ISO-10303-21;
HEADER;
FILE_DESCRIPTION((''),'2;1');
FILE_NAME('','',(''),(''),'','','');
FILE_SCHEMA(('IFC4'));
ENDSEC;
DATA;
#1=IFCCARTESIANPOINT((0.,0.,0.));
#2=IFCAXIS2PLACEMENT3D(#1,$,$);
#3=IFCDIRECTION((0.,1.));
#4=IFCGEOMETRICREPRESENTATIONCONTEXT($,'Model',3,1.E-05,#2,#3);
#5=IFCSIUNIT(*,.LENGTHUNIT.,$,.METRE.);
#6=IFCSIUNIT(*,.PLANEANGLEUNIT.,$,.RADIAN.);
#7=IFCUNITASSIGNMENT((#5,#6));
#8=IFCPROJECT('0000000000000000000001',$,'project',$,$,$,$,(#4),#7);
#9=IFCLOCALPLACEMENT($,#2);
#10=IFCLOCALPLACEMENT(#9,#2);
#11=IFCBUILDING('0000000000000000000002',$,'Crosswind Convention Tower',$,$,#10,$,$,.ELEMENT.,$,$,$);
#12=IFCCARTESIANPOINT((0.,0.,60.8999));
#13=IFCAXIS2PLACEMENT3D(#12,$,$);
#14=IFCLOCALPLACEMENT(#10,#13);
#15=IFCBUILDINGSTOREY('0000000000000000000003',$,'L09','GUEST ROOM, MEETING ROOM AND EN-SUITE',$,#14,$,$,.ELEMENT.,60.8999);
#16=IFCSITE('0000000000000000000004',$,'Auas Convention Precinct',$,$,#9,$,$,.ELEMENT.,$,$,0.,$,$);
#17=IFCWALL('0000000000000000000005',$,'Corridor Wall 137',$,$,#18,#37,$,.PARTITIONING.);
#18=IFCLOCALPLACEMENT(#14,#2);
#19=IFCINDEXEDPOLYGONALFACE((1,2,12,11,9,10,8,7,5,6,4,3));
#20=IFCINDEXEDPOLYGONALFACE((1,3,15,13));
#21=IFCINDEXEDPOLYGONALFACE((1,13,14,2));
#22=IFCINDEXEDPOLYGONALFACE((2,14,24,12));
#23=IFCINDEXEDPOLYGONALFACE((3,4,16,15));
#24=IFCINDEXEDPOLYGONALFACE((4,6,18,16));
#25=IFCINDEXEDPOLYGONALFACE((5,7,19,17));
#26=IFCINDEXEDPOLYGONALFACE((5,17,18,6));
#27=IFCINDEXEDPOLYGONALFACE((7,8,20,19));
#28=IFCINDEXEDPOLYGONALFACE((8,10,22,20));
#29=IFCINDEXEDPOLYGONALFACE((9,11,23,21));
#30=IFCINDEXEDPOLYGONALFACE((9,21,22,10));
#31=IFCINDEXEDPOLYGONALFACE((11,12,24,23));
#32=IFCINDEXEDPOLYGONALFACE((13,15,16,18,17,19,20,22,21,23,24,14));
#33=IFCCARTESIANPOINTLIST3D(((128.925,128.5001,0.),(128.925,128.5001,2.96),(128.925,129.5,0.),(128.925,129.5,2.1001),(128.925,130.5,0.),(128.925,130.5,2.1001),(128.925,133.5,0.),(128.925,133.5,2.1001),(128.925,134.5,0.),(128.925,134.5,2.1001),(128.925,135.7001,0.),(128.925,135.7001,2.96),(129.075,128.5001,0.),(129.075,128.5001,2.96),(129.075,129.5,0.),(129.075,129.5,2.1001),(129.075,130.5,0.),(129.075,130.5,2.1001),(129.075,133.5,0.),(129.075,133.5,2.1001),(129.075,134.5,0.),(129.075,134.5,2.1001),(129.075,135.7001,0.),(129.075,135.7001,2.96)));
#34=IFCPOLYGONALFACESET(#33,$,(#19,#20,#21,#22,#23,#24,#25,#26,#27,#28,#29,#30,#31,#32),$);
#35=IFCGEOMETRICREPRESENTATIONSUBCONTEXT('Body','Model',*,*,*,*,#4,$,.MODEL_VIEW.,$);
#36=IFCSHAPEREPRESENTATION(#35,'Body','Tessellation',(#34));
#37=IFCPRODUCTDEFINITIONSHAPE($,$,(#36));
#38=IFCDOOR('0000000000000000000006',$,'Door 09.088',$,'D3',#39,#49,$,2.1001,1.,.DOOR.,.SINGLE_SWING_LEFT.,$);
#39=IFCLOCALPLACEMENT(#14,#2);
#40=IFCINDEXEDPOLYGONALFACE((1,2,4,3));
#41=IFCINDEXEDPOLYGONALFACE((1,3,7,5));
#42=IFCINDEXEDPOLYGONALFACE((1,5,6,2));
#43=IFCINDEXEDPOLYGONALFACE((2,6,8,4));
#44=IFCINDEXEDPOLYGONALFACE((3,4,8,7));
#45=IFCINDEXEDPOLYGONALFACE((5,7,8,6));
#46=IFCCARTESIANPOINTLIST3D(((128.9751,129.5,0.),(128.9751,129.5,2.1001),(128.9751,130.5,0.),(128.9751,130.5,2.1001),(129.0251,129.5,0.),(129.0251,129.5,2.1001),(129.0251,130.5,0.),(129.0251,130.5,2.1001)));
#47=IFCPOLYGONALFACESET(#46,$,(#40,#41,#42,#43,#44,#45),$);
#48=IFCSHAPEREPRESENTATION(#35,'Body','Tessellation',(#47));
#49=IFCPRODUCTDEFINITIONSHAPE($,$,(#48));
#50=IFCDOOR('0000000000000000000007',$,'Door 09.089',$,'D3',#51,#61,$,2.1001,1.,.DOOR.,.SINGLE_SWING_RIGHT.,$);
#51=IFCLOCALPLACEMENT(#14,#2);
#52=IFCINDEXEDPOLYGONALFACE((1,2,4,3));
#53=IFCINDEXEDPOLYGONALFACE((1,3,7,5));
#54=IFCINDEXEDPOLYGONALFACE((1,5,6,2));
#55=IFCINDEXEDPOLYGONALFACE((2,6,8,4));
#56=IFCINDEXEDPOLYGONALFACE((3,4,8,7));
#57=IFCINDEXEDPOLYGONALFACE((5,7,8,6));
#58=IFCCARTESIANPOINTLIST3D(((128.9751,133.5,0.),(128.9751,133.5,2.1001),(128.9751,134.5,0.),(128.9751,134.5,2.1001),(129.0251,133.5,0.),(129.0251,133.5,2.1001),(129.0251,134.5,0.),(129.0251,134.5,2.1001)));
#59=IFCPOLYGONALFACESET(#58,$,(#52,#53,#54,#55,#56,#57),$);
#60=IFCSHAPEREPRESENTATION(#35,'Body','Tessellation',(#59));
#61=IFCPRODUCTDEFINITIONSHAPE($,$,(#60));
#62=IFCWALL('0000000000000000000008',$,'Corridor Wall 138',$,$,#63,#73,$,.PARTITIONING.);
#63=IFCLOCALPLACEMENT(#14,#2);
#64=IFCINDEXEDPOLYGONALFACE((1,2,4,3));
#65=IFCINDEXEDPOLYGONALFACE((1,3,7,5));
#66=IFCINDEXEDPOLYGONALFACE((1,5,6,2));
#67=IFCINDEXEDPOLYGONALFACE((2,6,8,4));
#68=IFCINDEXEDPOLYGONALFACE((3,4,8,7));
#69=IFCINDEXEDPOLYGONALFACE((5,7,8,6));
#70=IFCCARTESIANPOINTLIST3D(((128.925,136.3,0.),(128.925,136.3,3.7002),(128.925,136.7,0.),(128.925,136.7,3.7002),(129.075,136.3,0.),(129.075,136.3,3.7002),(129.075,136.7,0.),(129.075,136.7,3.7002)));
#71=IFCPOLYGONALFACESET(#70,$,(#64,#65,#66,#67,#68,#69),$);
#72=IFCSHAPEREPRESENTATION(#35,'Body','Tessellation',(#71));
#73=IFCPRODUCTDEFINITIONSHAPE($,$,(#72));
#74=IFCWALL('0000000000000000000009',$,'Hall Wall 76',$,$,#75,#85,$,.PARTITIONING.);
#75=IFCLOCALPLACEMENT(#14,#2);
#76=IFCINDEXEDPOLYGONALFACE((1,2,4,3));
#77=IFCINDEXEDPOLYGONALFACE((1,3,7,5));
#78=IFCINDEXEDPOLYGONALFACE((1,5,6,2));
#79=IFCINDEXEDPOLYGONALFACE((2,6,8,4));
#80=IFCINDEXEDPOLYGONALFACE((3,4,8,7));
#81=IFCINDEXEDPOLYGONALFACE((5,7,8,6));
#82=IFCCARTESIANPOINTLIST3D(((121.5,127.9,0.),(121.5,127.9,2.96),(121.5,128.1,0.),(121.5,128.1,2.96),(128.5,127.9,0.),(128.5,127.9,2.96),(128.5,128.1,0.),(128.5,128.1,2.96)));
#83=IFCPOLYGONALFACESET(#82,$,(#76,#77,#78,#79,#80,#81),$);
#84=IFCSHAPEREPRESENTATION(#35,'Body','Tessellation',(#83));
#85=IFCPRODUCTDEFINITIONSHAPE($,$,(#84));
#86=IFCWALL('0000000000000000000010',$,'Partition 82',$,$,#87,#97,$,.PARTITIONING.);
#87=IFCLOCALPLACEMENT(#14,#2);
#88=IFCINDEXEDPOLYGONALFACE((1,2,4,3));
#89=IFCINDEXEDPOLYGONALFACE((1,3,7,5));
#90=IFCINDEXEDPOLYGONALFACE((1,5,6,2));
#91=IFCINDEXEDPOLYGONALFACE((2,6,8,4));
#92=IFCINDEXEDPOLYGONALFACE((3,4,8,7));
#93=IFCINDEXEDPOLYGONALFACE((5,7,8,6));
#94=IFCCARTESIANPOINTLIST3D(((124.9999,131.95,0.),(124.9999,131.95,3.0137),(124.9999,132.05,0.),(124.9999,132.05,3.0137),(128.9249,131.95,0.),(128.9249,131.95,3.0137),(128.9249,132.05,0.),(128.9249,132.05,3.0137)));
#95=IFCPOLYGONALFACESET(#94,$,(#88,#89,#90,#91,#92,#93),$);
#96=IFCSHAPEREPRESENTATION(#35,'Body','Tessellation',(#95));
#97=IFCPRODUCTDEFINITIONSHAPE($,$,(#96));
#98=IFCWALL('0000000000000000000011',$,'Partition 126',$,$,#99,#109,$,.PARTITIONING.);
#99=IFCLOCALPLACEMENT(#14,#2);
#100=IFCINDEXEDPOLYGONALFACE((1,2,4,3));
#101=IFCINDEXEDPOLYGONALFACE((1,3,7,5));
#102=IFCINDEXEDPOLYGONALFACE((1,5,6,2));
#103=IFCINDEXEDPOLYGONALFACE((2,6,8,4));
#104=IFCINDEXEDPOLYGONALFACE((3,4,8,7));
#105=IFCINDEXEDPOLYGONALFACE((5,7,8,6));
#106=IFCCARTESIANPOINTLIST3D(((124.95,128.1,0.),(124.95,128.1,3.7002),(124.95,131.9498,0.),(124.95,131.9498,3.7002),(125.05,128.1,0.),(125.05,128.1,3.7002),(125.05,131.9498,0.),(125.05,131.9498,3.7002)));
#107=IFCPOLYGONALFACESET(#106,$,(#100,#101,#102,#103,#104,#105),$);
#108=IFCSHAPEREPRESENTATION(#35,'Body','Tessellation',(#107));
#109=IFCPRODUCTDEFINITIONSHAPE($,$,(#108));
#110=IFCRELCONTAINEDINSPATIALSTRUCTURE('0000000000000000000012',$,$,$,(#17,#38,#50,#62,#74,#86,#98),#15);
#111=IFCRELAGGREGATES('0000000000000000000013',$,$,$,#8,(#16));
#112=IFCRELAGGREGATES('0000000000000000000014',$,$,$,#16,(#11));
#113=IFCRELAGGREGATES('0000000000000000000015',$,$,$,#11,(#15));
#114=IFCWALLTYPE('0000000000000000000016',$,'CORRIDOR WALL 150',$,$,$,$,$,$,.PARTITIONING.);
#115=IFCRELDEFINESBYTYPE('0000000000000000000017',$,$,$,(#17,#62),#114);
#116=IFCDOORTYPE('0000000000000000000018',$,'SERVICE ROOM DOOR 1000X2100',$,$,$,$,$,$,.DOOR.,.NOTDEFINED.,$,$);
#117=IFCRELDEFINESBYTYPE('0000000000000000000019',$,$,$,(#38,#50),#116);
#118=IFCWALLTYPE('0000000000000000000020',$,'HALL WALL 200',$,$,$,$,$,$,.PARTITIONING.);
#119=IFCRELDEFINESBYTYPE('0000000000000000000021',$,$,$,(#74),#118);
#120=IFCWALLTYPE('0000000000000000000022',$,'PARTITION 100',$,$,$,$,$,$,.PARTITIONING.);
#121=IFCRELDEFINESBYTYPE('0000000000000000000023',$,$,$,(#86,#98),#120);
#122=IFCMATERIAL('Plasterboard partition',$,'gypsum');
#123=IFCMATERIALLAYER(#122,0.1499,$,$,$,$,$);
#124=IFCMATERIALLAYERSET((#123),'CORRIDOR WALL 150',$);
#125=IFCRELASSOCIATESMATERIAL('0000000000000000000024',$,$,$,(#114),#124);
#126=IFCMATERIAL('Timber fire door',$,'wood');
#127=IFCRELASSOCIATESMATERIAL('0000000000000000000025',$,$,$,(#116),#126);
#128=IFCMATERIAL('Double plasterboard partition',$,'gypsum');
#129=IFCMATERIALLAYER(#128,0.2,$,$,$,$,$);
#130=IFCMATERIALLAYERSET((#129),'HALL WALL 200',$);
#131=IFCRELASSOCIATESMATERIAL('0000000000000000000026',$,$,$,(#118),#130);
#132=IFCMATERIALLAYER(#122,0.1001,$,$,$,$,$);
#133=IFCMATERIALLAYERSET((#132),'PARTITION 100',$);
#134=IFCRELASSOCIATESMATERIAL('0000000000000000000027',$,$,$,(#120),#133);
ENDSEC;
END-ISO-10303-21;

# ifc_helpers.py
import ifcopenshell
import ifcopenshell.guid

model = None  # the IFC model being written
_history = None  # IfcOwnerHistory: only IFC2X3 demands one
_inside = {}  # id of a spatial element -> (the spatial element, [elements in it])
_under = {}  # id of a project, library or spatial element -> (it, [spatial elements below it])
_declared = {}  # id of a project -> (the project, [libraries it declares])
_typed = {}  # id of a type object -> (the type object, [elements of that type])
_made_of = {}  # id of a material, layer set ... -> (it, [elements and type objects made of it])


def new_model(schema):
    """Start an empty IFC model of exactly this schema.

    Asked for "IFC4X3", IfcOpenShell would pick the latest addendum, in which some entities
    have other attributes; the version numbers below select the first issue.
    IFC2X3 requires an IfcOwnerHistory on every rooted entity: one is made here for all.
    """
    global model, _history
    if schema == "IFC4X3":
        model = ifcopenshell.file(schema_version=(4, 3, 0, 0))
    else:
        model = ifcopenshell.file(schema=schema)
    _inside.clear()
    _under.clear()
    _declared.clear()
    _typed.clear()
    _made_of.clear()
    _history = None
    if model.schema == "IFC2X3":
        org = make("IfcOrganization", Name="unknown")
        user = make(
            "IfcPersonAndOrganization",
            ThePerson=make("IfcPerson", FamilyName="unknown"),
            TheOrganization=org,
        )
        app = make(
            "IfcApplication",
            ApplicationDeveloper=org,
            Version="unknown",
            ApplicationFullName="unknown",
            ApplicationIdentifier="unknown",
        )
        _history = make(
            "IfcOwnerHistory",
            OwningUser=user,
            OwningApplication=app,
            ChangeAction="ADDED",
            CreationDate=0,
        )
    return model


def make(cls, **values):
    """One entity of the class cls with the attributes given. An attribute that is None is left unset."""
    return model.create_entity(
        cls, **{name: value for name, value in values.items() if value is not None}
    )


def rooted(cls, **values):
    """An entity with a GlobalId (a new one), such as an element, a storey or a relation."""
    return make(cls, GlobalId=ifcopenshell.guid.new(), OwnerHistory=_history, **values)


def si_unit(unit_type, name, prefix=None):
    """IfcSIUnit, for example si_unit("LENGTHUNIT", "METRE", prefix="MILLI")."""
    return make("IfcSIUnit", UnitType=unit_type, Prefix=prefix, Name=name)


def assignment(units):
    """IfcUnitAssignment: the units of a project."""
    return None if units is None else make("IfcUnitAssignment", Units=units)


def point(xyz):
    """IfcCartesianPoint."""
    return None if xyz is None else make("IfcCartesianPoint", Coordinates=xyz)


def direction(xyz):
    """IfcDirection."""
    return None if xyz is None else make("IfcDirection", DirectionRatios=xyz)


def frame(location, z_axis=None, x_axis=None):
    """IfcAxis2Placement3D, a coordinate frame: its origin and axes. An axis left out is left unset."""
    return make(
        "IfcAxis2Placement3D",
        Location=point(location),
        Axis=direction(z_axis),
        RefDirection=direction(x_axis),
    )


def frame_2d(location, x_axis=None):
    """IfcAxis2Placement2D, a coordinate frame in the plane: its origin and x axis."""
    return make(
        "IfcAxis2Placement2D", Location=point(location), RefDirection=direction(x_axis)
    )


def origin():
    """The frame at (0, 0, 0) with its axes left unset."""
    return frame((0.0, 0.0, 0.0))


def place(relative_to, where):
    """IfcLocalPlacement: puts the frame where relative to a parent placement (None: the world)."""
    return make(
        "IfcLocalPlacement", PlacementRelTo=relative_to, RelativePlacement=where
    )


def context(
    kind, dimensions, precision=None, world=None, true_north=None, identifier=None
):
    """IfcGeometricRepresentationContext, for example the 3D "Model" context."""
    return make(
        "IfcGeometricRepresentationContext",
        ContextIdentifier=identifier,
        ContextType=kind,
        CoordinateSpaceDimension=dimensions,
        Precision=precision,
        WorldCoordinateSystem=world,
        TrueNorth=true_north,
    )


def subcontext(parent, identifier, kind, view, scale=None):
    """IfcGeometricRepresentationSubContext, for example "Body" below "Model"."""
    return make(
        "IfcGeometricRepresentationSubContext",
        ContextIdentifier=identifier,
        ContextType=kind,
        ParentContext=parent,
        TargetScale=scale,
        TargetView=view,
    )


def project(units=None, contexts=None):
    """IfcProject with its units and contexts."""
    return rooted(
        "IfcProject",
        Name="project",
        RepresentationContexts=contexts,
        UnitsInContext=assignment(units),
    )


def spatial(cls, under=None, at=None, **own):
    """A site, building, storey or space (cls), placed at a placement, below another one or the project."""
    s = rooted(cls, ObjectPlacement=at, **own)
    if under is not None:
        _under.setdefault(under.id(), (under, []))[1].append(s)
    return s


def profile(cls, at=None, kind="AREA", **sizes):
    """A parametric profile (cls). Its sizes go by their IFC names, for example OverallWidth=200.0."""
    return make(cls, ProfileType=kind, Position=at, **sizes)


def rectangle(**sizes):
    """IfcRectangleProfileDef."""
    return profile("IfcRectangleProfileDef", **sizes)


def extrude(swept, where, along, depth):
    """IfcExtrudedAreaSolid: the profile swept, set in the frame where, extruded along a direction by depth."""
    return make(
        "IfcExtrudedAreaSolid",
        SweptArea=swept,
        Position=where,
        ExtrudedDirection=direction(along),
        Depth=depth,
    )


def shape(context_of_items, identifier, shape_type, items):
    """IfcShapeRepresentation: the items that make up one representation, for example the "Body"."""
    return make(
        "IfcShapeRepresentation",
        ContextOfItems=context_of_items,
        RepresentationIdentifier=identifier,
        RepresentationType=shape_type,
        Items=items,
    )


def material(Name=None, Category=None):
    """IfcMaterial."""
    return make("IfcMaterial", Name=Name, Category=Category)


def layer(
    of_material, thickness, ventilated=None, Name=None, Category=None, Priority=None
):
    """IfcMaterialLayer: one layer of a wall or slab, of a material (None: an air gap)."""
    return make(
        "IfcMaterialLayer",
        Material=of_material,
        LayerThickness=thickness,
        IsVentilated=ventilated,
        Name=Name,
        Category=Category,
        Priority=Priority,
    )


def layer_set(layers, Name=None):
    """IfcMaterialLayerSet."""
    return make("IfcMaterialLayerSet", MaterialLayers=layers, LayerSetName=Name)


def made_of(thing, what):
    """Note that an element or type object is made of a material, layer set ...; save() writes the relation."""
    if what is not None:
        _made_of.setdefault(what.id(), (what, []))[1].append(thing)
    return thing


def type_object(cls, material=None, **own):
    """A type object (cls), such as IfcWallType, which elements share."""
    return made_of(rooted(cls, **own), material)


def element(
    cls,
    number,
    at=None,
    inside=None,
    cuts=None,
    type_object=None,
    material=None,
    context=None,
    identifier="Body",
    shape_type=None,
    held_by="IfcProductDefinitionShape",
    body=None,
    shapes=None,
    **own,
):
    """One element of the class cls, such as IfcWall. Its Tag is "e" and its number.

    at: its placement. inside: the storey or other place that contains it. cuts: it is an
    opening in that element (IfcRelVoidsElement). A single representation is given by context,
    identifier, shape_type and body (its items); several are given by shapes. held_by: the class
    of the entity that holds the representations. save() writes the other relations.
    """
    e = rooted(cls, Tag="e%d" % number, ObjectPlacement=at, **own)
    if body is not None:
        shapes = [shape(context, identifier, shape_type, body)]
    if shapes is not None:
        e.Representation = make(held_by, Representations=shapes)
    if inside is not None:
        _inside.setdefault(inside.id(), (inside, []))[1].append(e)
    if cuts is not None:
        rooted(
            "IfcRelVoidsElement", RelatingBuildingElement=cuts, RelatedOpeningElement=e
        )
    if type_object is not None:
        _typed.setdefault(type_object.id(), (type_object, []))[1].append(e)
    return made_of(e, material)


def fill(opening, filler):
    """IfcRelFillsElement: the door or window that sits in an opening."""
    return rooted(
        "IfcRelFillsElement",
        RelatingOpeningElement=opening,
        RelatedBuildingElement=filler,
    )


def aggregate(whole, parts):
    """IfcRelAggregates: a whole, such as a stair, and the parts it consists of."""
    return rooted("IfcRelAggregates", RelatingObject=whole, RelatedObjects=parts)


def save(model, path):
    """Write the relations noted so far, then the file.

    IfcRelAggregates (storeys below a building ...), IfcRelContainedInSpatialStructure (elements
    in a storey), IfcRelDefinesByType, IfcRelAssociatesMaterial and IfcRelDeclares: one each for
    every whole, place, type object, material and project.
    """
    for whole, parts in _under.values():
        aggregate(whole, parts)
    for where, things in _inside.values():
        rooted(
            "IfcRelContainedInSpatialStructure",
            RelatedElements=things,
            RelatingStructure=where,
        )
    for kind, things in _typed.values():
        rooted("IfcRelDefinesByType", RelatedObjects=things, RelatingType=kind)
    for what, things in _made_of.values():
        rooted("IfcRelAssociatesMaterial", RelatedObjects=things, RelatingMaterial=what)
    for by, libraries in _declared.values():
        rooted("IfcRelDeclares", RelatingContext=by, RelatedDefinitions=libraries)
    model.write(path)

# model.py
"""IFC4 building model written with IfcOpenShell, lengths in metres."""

from ifc_helpers import new_model, si_unit, direction, frame, frame_2d, origin, place, context, subcontext, project, spatial, rectangle, extrude, material, layer, layer_set, type_object, element, fill, save


model = new_model("IFC4")

# Units and contexts
model_context = context("Model", 3, precision=1e-05, world=origin(), true_north=direction((0.0, 1.0)))
body_context = subcontext(model_context, "Body", "Model", "MODEL_VIEW")
ifc_project = project(units=[si_unit("LENGTHUNIT", "METRE"), si_unit("PLANEANGLEUNIT", "RADIAN")], contexts=[model_context])

# Site, building, storey
site_placement = place(None, origin())
site = spatial("IfcSite", under=ifc_project, at=site_placement, Name="Auas Convention Precinct", CompositionType="ELEMENT", RefElevation=0.0)
building_placement = place(site_placement, origin())
building = spatial("IfcBuilding", under=site, at=building_placement, Name="Crosswind Convention Tower", CompositionType="ELEMENT")
storey_placement = place(building_placement, frame((0.0, 0.0, 60.8999)))
storey = spatial("IfcBuildingStorey", under=building, at=storey_placement, Name="L09", Description="GUEST ROOM, MEETING ROOM AND EN-SUITE", CompositionType="ELEMENT", Elevation=60.8999)

# Wall, openings, doors
ifc_material_1 = material(Name="Plasterboard partition", Category="gypsum")
ifc_layer_1 = layer(ifc_material_1, 0.1499)
ifc_layer_set_1 = layer_set([ifc_layer_1], Name="CORRIDOR WALL 150")
wall_type_1 = type_object("IfcWallType", Name="CORRIDOR WALL 150", PredefinedType="PARTITIONING", material=ifc_layer_set_1)
wall_1_placement = place(storey_placement, frame((129.0, 128.5, 0.0), z_axis=(0.0, 0.0, 1.0), x_axis=(0.0, 1.0, 0.0)))
wall_1 = element("IfcWall", 1, at=wall_1_placement, inside=storey, type_object=wall_type_1, Name="Corridor Wall 137", PredefinedType="PARTITIONING", context=body_context, shape_type="SweptSolid", body=[
    extrude(rectangle(XDim=7.2, YDim=0.1499, at=frame_2d((3.6001, 0.0))), origin(), (0.0, 0.0, 1.0), 2.96),
])
opening_1_placement = place(wall_1_placement, frame((1.0, 0.0, 0.0)))
opening_1 = element("IfcOpeningElement", 2, at=opening_1_placement, cuts=wall_1, PredefinedType="OPENING", context=body_context, shape_type="SweptSolid", body=[
    extrude(rectangle(XDim=1.0, YDim=2.1001, at=frame_2d((0.5, 1.05))), frame((0.0, 0.085, 0.0), z_axis=(0.0, -1.0, 0.0), x_axis=(1.0, 0.0, 0.0)), (0.0, 0.0, 1.0), 0.1699),
])
opening_2_placement = place(wall_1_placement, frame((5.0, 0.0, 0.0)))
opening_2 = element("IfcOpeningElement", 3, at=opening_2_placement, cuts=wall_1, PredefinedType="OPENING", context=body_context, shape_type="SweptSolid", body=[
    extrude(rectangle(XDim=1.0, YDim=2.1001, at=frame_2d((0.5, 1.05))), frame((0.0, 0.085, 0.0), z_axis=(0.0, -1.0, 0.0), x_axis=(1.0, 0.0, 0.0)), (0.0, 0.0, 1.0), 0.1699),
])
ifc_material_2 = material(Name="Timber fire door", Category="wood")
door_type = type_object("IfcDoorType", Name="SERVICE ROOM DOOR 1000X2100", OperationType="NOTDEFINED", PredefinedType="DOOR", material=ifc_material_2)
door_1_placement = place(opening_1_placement, origin())
door_1 = element("IfcDoor", 4, at=door_1_placement, inside=storey, type_object=door_type, Name="Door 09.088", ObjectType="D3", OperationType="SINGLE_SWING_LEFT", OverallHeight=2.1001, OverallWidth=1.0, PredefinedType="DOOR", context=body_context, shape_type="SweptSolid", body=[
    extrude(rectangle(XDim=1.0, YDim=2.1001, at=frame_2d((0.5, 1.05))), frame((0.0, 0.0249, 0.0), z_axis=(0.0, -1.0, 0.0), x_axis=(1.0, 0.0, 0.0)), (0.0, 0.0, 1.0), 0.05),
])
fill(opening_1, door_1)
door_2_placement = place(opening_2_placement, origin())
door_2 = element("IfcDoor", 5, at=door_2_placement, inside=storey, type_object=door_type, Name="Door 09.089", ObjectType="D3", OperationType="SINGLE_SWING_RIGHT", OverallHeight=2.1001, OverallWidth=1.0, PredefinedType="DOOR", context=body_context, shape_type="SweptSolid", body=[
    extrude(rectangle(XDim=1.0, YDim=2.1001, at=frame_2d((0.5, 1.05))), frame((0.0, 0.0249, 0.0), z_axis=(0.0, -1.0, 0.0), x_axis=(1.0, 0.0, 0.0)), (0.0, 0.0, 1.0), 0.05),
])
fill(opening_2, door_2)

# Walls
wall_2_placement = place(storey_placement, frame((129.0, 136.3, 0.0), z_axis=(0.0, 0.0, 1.0), x_axis=(0.0, 1.0, 0.0)))
element("IfcWall", 6, at=wall_2_placement, inside=storey, type_object=wall_type_1, Name="Corridor Wall 138", PredefinedType="PARTITIONING", context=body_context, shape_type="SweptSolid", body=[
    extrude(rectangle(XDim=0.3999, YDim=0.1499, at=frame_2d((0.2, 0.0))), origin(), (0.0, 0.0, 1.0), 3.7002),
])
ifc_material_3 = material(Name="Double plasterboard partition", Category="gypsum")
ifc_layer_2 = layer(ifc_material_3, 0.2)
ifc_layer_set_2 = layer_set([ifc_layer_2], Name="HALL WALL 200")
wall_type_2 = type_object("IfcWallType", Name="HALL WALL 200", PredefinedType="PARTITIONING", material=ifc_layer_set_2)
wall_3_placement = place(storey_placement, frame((121.5, 128.0, 0.0), z_axis=(0.0, 0.0, 1.0), x_axis=(1.0, 0.0, 0.0)))
element("IfcWall", 7, at=wall_3_placement, inside=storey, type_object=wall_type_2, Name="Hall Wall 76", PredefinedType="PARTITIONING", context=body_context, shape_type="SweptSolid", body=[
    extrude(rectangle(XDim=7.0, YDim=0.2, at=frame_2d((3.5, 0.0))), origin(), (0.0, 0.0, 1.0), 2.96),
])
ifc_layer_3 = layer(ifc_material_1, 0.1001)
ifc_layer_set_3 = layer_set([ifc_layer_3], Name="PARTITION 100")
wall_type_3 = type_object("IfcWallType", Name="PARTITION 100", PredefinedType="PARTITIONING", material=ifc_layer_set_3)
wall_4_placement = place(storey_placement, frame((125.0, 132.0, 0.0), z_axis=(0.0, 0.0, 1.0), x_axis=(1.0, 0.0, 0.0)))
element("IfcWall", 8, at=wall_4_placement, inside=storey, type_object=wall_type_3, Name="Partition 82", PredefinedType="PARTITIONING", context=body_context, shape_type="SweptSolid", body=[
    extrude(rectangle(XDim=3.925, YDim=0.1001, at=frame_2d((1.9624, 0.0))), origin(), (0.0, 0.0, 1.0), 3.0137),
])
wall_5_placement = place(storey_placement, frame((125.0, 128.1001, 0.0), z_axis=(0.0, 0.0, 1.0), x_axis=(0.0, 1.0, 0.0)))
element("IfcWall", 9, at=wall_5_placement, inside=storey, type_object=wall_type_3, Name="Partition 126", PredefinedType="PARTITIONING", context=body_context, shape_type="SweptSolid", body=[
    extrude(rectangle(XDim=3.8499, YDim=0.1001, at=frame_2d((1.9248, 0.0))), origin(), (0.0, 0.0, 1.0), 3.7002),
])

save(model, "model.ifc")
